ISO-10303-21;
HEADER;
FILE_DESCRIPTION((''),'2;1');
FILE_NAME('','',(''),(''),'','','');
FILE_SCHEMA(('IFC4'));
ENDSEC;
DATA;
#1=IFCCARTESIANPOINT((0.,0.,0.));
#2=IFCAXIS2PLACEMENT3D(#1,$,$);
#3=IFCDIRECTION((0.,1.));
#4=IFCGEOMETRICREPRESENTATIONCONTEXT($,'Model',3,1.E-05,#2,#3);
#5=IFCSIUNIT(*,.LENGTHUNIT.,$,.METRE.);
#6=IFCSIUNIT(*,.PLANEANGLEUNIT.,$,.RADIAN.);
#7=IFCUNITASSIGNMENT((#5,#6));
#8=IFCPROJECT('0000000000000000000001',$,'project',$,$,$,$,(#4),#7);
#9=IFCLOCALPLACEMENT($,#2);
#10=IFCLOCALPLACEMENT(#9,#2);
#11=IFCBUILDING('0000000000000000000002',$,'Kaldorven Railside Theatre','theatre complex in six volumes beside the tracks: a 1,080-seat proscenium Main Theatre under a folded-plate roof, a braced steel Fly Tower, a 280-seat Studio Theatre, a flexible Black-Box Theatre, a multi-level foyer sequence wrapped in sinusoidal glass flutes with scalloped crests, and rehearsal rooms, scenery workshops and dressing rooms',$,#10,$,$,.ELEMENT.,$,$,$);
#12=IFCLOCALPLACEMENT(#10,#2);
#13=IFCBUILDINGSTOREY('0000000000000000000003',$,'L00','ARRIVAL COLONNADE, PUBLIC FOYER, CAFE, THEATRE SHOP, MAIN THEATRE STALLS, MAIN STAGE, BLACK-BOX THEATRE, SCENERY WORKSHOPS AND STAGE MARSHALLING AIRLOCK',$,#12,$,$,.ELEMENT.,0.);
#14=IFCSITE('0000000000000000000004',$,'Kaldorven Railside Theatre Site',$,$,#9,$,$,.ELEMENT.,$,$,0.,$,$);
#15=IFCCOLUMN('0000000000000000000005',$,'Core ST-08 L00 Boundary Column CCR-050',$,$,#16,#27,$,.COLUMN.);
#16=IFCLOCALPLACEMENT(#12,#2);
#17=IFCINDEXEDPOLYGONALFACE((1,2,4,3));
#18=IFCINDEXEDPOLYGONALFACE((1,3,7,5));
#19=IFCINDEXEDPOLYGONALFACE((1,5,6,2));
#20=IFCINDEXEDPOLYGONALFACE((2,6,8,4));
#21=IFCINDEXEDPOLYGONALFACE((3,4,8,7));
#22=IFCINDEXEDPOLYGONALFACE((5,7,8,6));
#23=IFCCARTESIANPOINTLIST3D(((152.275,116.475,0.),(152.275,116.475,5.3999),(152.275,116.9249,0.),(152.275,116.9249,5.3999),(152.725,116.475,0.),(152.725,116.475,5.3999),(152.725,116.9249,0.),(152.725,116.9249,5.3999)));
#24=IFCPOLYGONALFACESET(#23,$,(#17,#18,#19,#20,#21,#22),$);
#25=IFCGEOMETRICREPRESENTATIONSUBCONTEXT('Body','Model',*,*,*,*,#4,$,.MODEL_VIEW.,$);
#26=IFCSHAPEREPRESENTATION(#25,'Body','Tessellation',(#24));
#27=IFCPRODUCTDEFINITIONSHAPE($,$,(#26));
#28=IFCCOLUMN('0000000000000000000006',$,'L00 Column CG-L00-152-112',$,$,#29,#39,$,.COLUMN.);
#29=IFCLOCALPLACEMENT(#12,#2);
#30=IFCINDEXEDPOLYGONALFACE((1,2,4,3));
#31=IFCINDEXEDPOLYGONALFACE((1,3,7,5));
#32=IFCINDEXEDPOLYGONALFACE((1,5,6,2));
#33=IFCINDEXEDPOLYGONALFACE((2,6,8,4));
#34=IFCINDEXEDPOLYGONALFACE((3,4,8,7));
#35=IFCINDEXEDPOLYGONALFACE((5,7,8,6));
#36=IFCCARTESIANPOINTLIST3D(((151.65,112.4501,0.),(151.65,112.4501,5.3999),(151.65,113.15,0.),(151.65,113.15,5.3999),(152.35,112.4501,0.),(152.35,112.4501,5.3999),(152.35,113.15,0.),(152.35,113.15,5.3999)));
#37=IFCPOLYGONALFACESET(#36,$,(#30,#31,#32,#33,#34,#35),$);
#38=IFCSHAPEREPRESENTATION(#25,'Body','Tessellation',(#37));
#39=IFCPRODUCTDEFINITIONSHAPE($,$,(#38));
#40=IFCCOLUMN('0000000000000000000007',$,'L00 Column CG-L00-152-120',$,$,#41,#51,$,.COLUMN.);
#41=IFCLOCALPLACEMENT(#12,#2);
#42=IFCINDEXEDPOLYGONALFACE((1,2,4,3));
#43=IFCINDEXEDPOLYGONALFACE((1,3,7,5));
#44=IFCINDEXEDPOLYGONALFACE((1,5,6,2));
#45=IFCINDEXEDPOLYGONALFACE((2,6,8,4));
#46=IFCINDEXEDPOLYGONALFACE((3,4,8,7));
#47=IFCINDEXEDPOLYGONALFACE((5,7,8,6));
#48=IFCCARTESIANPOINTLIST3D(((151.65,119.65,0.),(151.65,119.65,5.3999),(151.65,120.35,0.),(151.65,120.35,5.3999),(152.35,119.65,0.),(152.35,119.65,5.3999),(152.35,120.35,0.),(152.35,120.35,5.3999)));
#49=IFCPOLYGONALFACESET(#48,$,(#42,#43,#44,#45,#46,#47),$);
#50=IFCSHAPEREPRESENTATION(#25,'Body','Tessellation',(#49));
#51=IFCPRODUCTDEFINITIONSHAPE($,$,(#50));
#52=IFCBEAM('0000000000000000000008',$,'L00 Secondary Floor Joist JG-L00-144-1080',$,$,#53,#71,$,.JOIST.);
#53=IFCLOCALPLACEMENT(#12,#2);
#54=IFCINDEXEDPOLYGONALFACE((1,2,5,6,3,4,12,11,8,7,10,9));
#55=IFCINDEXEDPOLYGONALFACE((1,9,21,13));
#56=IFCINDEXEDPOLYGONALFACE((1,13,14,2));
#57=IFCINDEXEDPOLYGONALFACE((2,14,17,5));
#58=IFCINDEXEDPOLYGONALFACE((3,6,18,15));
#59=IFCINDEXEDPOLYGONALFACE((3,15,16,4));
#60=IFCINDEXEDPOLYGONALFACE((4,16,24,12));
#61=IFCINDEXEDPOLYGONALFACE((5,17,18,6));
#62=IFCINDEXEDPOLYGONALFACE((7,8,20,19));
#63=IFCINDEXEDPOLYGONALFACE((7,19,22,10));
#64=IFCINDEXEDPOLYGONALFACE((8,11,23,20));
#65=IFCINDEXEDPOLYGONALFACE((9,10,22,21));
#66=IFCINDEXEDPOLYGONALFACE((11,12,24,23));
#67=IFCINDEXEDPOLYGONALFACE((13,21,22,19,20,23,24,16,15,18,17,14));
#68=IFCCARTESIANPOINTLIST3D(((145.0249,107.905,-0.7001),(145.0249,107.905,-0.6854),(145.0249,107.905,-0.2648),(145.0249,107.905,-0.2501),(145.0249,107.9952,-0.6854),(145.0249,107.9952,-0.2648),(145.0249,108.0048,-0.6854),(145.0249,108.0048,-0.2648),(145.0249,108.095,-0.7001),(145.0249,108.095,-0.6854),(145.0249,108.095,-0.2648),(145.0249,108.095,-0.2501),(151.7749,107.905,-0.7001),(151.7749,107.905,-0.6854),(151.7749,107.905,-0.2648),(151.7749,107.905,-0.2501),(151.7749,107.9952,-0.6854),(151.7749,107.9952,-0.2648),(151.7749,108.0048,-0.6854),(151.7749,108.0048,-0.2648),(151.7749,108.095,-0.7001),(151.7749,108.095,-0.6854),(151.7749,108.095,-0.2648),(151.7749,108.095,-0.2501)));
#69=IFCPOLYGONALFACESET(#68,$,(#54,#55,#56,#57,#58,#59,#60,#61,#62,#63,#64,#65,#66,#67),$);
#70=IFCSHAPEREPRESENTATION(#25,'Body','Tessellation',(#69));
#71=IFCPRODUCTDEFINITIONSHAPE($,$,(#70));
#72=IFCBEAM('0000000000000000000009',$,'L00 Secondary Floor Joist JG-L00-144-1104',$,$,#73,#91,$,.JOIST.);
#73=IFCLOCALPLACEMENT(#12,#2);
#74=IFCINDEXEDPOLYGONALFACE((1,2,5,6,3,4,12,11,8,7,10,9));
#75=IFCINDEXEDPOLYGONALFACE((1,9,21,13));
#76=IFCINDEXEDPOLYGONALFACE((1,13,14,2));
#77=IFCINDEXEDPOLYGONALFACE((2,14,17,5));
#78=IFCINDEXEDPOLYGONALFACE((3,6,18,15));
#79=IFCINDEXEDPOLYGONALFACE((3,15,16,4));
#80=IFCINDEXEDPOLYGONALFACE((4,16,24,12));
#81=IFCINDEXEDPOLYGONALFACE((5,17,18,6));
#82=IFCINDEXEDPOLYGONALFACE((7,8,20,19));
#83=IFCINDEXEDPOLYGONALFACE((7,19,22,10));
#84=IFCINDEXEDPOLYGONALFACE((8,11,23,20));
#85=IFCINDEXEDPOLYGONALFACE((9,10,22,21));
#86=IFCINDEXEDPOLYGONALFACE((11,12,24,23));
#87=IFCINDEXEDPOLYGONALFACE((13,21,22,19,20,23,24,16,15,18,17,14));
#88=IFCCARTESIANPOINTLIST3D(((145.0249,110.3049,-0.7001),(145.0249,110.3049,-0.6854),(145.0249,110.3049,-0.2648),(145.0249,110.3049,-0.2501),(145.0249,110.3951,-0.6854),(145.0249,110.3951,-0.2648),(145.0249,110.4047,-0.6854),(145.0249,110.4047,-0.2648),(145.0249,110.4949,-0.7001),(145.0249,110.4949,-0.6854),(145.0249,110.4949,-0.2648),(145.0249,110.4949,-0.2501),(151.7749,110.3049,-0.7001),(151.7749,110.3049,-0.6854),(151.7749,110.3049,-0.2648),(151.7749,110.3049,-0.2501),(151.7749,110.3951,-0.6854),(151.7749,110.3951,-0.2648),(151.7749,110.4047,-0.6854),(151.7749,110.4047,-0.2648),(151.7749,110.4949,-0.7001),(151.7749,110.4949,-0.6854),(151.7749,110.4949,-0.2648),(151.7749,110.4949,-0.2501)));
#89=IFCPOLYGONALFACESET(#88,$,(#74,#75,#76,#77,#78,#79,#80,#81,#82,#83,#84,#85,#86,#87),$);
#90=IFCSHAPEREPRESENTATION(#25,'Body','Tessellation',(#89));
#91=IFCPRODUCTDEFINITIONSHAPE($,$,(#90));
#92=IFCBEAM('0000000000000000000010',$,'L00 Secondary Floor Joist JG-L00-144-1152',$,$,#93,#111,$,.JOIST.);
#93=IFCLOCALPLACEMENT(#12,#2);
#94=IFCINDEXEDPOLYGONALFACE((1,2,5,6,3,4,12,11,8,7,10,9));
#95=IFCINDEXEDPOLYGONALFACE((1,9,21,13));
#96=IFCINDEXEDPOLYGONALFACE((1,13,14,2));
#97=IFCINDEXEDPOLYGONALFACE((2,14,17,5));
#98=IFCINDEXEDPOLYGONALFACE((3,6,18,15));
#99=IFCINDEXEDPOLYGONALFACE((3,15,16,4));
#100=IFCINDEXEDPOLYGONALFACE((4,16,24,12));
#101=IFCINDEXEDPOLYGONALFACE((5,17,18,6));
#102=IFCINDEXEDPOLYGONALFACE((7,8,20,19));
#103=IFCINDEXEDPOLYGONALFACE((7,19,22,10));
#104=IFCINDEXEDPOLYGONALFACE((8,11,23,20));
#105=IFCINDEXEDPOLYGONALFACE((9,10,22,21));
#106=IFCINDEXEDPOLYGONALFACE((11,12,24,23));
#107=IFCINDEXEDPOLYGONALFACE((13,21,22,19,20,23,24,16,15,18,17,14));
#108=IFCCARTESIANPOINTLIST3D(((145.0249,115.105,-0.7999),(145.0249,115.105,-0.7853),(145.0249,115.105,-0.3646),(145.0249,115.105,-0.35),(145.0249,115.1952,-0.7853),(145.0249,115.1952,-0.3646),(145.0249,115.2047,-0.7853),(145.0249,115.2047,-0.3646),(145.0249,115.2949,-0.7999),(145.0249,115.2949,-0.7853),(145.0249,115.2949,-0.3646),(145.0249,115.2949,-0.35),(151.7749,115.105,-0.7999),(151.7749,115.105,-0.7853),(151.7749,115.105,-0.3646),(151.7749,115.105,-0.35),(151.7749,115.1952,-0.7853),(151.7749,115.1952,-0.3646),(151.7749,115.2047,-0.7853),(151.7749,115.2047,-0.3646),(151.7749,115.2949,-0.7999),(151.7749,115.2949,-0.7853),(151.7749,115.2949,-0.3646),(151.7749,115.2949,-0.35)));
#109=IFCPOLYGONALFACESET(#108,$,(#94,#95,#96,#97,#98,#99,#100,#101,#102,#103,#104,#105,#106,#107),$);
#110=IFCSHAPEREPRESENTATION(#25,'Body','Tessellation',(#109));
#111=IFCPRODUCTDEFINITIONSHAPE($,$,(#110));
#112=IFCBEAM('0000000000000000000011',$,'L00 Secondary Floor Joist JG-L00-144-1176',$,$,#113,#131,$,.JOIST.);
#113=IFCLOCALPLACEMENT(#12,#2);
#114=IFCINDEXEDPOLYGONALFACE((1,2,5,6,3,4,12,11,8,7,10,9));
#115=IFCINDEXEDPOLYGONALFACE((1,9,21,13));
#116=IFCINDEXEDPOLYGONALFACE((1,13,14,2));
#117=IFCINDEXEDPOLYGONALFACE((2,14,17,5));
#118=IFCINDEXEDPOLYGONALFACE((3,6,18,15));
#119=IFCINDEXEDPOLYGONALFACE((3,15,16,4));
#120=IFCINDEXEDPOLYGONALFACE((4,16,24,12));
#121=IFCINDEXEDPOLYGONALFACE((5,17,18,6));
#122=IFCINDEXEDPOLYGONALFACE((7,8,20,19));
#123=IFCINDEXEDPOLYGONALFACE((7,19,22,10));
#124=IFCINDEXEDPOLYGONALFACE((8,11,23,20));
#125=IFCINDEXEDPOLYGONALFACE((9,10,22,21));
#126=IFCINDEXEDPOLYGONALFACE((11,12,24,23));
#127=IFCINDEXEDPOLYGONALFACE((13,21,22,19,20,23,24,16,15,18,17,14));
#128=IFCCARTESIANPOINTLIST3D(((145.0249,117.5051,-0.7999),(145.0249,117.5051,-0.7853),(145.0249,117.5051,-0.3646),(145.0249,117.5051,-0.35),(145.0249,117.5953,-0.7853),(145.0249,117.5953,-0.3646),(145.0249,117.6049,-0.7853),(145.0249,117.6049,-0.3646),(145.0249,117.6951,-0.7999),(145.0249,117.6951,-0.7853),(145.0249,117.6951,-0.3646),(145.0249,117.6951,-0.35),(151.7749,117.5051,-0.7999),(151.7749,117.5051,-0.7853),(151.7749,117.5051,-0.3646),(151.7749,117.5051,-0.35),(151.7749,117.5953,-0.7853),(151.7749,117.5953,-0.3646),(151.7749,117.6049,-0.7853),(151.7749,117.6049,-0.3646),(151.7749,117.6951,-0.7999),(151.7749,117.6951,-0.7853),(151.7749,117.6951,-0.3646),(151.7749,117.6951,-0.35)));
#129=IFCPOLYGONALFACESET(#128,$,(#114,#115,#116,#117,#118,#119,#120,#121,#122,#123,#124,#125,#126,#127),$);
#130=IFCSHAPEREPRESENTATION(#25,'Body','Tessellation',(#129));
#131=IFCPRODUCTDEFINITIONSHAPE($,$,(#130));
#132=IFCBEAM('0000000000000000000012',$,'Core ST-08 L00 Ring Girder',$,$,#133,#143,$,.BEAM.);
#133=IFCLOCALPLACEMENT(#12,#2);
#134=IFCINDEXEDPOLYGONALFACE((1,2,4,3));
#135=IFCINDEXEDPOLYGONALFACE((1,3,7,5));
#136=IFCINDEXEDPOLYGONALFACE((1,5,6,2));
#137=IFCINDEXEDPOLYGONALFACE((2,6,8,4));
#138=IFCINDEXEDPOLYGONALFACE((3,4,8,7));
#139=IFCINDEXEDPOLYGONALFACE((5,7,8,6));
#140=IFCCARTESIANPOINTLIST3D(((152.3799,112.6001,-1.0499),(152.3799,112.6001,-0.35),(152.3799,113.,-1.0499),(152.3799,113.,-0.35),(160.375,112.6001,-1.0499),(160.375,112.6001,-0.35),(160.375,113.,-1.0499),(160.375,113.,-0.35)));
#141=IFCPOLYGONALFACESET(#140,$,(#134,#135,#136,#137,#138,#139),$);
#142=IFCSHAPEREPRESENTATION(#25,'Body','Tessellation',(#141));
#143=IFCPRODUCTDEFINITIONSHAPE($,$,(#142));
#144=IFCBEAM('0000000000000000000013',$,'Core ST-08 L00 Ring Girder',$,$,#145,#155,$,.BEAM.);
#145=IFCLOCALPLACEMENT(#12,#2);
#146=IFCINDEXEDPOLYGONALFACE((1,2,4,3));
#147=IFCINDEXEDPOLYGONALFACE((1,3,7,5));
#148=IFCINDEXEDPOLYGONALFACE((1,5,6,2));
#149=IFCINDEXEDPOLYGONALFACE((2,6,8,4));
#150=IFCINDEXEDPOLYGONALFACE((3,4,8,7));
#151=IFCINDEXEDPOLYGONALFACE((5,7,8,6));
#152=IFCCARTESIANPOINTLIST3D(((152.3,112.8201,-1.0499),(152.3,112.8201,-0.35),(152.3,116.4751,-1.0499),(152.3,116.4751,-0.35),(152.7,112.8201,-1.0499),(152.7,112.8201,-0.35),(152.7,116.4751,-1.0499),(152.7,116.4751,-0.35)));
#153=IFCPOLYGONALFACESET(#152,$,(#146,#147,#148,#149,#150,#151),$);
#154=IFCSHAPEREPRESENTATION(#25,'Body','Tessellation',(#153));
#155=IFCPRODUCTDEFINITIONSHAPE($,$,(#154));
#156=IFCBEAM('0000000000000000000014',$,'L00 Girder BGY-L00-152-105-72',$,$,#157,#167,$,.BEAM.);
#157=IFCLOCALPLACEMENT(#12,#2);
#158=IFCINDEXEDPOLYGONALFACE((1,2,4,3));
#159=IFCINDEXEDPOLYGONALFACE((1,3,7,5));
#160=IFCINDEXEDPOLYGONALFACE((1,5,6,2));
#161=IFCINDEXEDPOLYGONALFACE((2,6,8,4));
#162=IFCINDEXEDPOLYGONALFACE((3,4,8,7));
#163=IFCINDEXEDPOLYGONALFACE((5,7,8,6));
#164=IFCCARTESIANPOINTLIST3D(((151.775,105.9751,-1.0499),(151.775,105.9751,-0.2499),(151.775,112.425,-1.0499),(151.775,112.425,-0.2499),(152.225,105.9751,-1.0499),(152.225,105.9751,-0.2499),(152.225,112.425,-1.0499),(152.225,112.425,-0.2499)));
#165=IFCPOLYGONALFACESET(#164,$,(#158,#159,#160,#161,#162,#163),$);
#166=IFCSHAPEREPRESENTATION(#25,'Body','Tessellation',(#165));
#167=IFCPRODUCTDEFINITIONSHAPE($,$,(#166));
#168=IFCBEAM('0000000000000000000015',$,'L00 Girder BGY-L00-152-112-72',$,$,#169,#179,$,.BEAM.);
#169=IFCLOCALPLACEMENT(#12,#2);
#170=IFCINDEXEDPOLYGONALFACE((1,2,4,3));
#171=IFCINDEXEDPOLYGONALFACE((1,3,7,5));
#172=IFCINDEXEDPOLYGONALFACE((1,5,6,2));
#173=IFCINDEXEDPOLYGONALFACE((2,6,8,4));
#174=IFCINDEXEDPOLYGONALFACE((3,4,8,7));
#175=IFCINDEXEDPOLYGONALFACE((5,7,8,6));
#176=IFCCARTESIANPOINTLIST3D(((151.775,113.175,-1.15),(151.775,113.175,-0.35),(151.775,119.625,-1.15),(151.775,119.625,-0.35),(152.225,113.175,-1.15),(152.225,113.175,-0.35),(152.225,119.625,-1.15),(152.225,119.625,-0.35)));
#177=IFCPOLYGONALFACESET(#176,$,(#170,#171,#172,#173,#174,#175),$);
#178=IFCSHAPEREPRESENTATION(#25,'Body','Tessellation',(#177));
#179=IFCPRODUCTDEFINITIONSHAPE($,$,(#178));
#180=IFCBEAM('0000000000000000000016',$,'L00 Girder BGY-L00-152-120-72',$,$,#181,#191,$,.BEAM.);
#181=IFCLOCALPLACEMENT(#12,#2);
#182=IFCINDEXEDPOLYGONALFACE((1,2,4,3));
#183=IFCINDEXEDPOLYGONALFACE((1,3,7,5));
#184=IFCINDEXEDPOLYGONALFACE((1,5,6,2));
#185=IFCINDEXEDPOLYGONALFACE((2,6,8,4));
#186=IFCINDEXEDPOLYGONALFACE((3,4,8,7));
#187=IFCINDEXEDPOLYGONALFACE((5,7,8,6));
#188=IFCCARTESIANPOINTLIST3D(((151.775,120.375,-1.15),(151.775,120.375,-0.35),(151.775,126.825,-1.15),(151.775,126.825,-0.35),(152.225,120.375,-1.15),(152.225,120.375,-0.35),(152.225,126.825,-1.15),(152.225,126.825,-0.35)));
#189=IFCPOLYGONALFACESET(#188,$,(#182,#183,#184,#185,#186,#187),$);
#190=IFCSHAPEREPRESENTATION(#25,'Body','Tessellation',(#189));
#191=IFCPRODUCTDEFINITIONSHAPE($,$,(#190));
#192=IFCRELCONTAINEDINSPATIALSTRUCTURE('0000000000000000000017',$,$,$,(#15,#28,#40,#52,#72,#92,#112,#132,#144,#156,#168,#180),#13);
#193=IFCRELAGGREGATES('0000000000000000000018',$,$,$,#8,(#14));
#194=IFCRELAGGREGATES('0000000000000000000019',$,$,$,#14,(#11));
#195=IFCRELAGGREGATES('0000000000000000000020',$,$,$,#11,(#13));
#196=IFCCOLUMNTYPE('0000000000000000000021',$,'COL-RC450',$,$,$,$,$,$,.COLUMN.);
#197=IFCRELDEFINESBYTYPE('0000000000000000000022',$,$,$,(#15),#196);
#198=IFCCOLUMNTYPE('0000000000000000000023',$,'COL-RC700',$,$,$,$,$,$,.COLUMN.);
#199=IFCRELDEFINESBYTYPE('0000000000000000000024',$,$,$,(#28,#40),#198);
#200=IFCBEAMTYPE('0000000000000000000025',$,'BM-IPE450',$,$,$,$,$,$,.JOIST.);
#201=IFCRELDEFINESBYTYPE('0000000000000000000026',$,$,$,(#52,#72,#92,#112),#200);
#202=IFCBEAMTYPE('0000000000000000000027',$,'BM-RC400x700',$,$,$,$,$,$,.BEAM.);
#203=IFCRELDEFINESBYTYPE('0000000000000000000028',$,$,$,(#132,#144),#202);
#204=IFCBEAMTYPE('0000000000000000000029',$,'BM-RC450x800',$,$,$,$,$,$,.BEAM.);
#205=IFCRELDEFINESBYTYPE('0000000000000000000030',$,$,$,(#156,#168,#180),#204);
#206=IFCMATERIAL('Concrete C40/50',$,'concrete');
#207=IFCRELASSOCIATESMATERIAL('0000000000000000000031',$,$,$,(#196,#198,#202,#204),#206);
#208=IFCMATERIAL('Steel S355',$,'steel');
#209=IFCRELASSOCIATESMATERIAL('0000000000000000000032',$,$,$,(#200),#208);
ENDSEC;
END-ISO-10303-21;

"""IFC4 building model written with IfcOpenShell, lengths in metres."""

from ifc_helpers import new_model, si_unit, direction, frame, origin, origin_2d, place, context, subcontext, project, spatial, rectangle, i_section, extrude, material, material_profile, profile_set, type_object, element, save


model = new_model("IFC4")

# Units and contexts
model_context = context("Model", 3, precision=1e-05, world=origin(), true_north=direction((0.0, 1.0)))
body_context = subcontext(model_context, "Body", "Model", "MODEL_VIEW")
ifc_project = project(units=[si_unit("LENGTHUNIT", "METRE"), si_unit("PLANEANGLEUNIT", "RADIAN")], contexts=[model_context])

# Site, building, storey
site_placement = place(None, origin())
site = spatial("IfcSite", under=ifc_project, at=site_placement, Name="Kaldorven Railside Theatre Site", CompositionType="ELEMENT", RefElevation=0.0)
building_placement = place(site_placement, origin())
building = spatial("IfcBuilding", under=site, at=building_placement, Name="Kaldorven Railside Theatre", Description="theatre complex in six volumes beside the tracks: a 1,080-seat proscenium Main Theatre under a folded-plate roof, a braced steel Fly Tower, a 280-seat Studio Theatre, a flexible Black-Box Theatre, a multi-level foyer sequence wrapped in sinusoidal glass flutes with scalloped crests, and rehearsal rooms, scenery workshops and dressing rooms", CompositionType="ELEMENT")
storey_placement = place(building_placement, origin())
storey = spatial("IfcBuildingStorey", under=building, at=storey_placement, Name="L00", Description="ARRIVAL COLONNADE, PUBLIC FOYER, CAFE, THEATRE SHOP, MAIN THEATRE STALLS, MAIN STAGE, BLACK-BOX THEATRE, SCENERY WORKSHOPS AND STAGE MARSHALLING AIRLOCK", CompositionType="ELEMENT", Elevation=0.0)

# Columns
ifc_material_1 = material(Name="Concrete C40/50", Category="concrete")
ifc_material_profile_1 = material_profile(ifc_material_1, rectangle(XDim=0.45, YDim=0.45, at=origin_2d()), Name="RC 450x450")
ifc_profile_set_1 = profile_set([ifc_material_profile_1], Name="Concrete C40/50")
column_type_1 = type_object("IfcColumnType", Name="COL-RC450", PredefinedType="COLUMN", material=ifc_profile_set_1)
column_placement = place(storey_placement, frame((152.5, 116.7, 0.0), z_axis=(0.0, 0.0, 1.0), x_axis=(1.0, 0.0, 0.0)))
element("IfcColumn", 1, at=column_placement, inside=storey, type_object=column_type_1, Name="Core ST-08 L00 Boundary Column CCR-050", PredefinedType="COLUMN", context=body_context, shape_type="SweptSolid", body=[
    extrude(rectangle(XDim=0.45, YDim=0.45, at=origin_2d()), origin(), (0.0, 0.0, 1.0), 5.3999),
])
ifc_material_profile_2 = material_profile(ifc_material_1, rectangle(XDim=0.7, YDim=0.7, at=origin_2d()), Name="RC 700x700")
ifc_profile_set_2 = profile_set([ifc_material_profile_2], Name="Concrete C40/50")
column_type_2 = type_object("IfcColumnType", Name="COL-RC700", PredefinedType="COLUMN", material=ifc_profile_set_2)
for number, where, z_axis, x_axis, name in (
    (2, (152.0, 112.8, 0.0), (0.0, 0.0, 1.0), (1.0, 0.0, 0.0), "L00 Column CG-L00-152-112"),
    (3, (152.0, 120.0, 0.0), (0.0, 0.0, 1.0), (1.0, 0.0, 0.0), "L00 Column CG-L00-152-120"),
):
    element("IfcColumn", number, at=place(storey_placement, frame(where, z_axis=z_axis, x_axis=x_axis)), inside=storey, type_object=column_type_2, Name=name, PredefinedType="COLUMN", context=body_context, shape_type="SweptSolid", body=[
        extrude(rectangle(XDim=0.7, YDim=0.7, at=origin_2d()), origin(), (0.0, 0.0, 1.0), 5.3999),
    ])

# Beams
ifc_material_2 = material(Name="Steel S355", Category="steel")
ifc_material_profile_3 = material_profile(ifc_material_2, i_section(OverallWidth=0.1899, OverallDepth=0.45, WebThickness=0.0095, FlangeThickness=0.0146, at=origin_2d()), Name="IPE 450")
ifc_profile_set_3 = profile_set([ifc_material_profile_3], Name="Steel S355")
beam_type_1 = type_object("IfcBeamType", Name="BM-IPE450", PredefinedType="JOIST", material=ifc_profile_set_3)
for number, where, z_axis, x_axis, name in (
    (4, (145.0249, 108.0, -0.4751), (1.0, 0.0, 0.0), (0.0, 1.0, 0.0), "L00 Secondary Floor Joist JG-L00-144-1080"),
    (5, (145.0249, 110.3999, -0.4751), (1.0, 0.0, 0.0), (0.0, 1.0, 0.0), "L00 Secondary Floor Joist JG-L00-144-1104"),
    (6, (145.0249, 115.2, -0.575), (1.0, 0.0, 0.0), (0.0, 1.0, 0.0), "L00 Secondary Floor Joist JG-L00-144-1152"),
    (7, (145.0249, 117.6001, -0.575), (1.0, 0.0, 0.0), (0.0, 1.0, 0.0), "L00 Secondary Floor Joist JG-L00-144-1176"),
):
    element("IfcBeam", number, at=place(storey_placement, frame(where, z_axis=z_axis, x_axis=x_axis)), inside=storey, type_object=beam_type_1, Name=name, PredefinedType="JOIST", context=body_context, shape_type="SweptSolid", body=[
        extrude(i_section(OverallWidth=0.1899, OverallDepth=0.45, WebThickness=0.0095, FlangeThickness=0.0146, at=origin_2d()), origin(), (0.0, 0.0, 1.0), 6.75),
    ])
ifc_material_profile_4 = material_profile(ifc_material_1, rectangle(XDim=0.3999, YDim=0.7, at=origin_2d()), Name="RC 400x700")
ifc_profile_set_4 = profile_set([ifc_material_profile_4], Name="Concrete C40/50")
beam_type_2 = type_object("IfcBeamType", Name="BM-RC400x700", PredefinedType="BEAM", material=ifc_profile_set_4)
beam_1_placement = place(storey_placement, frame((152.3799, 112.8, -0.7), z_axis=(1.0, 0.0, 0.0), x_axis=(0.0, 1.0, 0.0)))
element("IfcBeam", 8, at=beam_1_placement, inside=storey, type_object=beam_type_2, Name="Core ST-08 L00 Ring Girder", PredefinedType="BEAM", context=body_context, shape_type="SweptSolid", body=[
    extrude(rectangle(XDim=0.3999, YDim=0.7, at=origin_2d()), origin(), (0.0, 0.0, 1.0), 7.9951),
])
beam_2_placement = place(storey_placement, frame((152.5, 116.4751, -0.7), z_axis=(0.0, -1.0, 0.0), x_axis=(1.0, 0.0, 0.0)))
element("IfcBeam", 9, at=beam_2_placement, inside=storey, type_object=beam_type_2, Name="Core ST-08 L00 Ring Girder", PredefinedType="BEAM", context=body_context, shape_type="SweptSolid", body=[
    extrude(rectangle(XDim=0.3999, YDim=0.7, at=origin_2d()), origin(), (0.0, 0.0, 1.0), 3.655),
])
ifc_material_profile_5 = material_profile(ifc_material_1, rectangle(XDim=0.45, YDim=0.8, at=origin_2d()), Name="RC 450x800")
ifc_profile_set_5 = profile_set([ifc_material_profile_5], Name="Concrete C40/50")
beam_type_3 = type_object("IfcBeamType", Name="BM-RC450x800", PredefinedType="BEAM", material=ifc_profile_set_5)
for number, where, z_axis, x_axis, name in (
    (10, (152.0, 105.9751, -0.6499), (0.0, 1.0, 0.0), (-1.0, 0.0, 0.0), "L00 Girder BGY-L00-152-105-72"),
    (11, (152.0, 113.175, -0.75), (0.0, 1.0, 0.0), (-1.0, 0.0, 0.0), "L00 Girder BGY-L00-152-112-72"),
    (12, (152.0, 120.375, -0.75), (0.0, 1.0, 0.0), (-1.0, 0.0, 0.0), "L00 Girder BGY-L00-152-120-72"),
):
    element("IfcBeam", number, at=place(storey_placement, frame(where, z_axis=z_axis, x_axis=x_axis)), inside=storey, type_object=beam_type_3, Name=name, PredefinedType="BEAM", context=body_context, shape_type="SweptSolid", body=[
        extrude(rectangle(XDim=0.45, YDim=0.8, at=origin_2d()), origin(), (0.0, 0.0, 1.0), 6.45),
    ])

save(model, "model.ifc")
